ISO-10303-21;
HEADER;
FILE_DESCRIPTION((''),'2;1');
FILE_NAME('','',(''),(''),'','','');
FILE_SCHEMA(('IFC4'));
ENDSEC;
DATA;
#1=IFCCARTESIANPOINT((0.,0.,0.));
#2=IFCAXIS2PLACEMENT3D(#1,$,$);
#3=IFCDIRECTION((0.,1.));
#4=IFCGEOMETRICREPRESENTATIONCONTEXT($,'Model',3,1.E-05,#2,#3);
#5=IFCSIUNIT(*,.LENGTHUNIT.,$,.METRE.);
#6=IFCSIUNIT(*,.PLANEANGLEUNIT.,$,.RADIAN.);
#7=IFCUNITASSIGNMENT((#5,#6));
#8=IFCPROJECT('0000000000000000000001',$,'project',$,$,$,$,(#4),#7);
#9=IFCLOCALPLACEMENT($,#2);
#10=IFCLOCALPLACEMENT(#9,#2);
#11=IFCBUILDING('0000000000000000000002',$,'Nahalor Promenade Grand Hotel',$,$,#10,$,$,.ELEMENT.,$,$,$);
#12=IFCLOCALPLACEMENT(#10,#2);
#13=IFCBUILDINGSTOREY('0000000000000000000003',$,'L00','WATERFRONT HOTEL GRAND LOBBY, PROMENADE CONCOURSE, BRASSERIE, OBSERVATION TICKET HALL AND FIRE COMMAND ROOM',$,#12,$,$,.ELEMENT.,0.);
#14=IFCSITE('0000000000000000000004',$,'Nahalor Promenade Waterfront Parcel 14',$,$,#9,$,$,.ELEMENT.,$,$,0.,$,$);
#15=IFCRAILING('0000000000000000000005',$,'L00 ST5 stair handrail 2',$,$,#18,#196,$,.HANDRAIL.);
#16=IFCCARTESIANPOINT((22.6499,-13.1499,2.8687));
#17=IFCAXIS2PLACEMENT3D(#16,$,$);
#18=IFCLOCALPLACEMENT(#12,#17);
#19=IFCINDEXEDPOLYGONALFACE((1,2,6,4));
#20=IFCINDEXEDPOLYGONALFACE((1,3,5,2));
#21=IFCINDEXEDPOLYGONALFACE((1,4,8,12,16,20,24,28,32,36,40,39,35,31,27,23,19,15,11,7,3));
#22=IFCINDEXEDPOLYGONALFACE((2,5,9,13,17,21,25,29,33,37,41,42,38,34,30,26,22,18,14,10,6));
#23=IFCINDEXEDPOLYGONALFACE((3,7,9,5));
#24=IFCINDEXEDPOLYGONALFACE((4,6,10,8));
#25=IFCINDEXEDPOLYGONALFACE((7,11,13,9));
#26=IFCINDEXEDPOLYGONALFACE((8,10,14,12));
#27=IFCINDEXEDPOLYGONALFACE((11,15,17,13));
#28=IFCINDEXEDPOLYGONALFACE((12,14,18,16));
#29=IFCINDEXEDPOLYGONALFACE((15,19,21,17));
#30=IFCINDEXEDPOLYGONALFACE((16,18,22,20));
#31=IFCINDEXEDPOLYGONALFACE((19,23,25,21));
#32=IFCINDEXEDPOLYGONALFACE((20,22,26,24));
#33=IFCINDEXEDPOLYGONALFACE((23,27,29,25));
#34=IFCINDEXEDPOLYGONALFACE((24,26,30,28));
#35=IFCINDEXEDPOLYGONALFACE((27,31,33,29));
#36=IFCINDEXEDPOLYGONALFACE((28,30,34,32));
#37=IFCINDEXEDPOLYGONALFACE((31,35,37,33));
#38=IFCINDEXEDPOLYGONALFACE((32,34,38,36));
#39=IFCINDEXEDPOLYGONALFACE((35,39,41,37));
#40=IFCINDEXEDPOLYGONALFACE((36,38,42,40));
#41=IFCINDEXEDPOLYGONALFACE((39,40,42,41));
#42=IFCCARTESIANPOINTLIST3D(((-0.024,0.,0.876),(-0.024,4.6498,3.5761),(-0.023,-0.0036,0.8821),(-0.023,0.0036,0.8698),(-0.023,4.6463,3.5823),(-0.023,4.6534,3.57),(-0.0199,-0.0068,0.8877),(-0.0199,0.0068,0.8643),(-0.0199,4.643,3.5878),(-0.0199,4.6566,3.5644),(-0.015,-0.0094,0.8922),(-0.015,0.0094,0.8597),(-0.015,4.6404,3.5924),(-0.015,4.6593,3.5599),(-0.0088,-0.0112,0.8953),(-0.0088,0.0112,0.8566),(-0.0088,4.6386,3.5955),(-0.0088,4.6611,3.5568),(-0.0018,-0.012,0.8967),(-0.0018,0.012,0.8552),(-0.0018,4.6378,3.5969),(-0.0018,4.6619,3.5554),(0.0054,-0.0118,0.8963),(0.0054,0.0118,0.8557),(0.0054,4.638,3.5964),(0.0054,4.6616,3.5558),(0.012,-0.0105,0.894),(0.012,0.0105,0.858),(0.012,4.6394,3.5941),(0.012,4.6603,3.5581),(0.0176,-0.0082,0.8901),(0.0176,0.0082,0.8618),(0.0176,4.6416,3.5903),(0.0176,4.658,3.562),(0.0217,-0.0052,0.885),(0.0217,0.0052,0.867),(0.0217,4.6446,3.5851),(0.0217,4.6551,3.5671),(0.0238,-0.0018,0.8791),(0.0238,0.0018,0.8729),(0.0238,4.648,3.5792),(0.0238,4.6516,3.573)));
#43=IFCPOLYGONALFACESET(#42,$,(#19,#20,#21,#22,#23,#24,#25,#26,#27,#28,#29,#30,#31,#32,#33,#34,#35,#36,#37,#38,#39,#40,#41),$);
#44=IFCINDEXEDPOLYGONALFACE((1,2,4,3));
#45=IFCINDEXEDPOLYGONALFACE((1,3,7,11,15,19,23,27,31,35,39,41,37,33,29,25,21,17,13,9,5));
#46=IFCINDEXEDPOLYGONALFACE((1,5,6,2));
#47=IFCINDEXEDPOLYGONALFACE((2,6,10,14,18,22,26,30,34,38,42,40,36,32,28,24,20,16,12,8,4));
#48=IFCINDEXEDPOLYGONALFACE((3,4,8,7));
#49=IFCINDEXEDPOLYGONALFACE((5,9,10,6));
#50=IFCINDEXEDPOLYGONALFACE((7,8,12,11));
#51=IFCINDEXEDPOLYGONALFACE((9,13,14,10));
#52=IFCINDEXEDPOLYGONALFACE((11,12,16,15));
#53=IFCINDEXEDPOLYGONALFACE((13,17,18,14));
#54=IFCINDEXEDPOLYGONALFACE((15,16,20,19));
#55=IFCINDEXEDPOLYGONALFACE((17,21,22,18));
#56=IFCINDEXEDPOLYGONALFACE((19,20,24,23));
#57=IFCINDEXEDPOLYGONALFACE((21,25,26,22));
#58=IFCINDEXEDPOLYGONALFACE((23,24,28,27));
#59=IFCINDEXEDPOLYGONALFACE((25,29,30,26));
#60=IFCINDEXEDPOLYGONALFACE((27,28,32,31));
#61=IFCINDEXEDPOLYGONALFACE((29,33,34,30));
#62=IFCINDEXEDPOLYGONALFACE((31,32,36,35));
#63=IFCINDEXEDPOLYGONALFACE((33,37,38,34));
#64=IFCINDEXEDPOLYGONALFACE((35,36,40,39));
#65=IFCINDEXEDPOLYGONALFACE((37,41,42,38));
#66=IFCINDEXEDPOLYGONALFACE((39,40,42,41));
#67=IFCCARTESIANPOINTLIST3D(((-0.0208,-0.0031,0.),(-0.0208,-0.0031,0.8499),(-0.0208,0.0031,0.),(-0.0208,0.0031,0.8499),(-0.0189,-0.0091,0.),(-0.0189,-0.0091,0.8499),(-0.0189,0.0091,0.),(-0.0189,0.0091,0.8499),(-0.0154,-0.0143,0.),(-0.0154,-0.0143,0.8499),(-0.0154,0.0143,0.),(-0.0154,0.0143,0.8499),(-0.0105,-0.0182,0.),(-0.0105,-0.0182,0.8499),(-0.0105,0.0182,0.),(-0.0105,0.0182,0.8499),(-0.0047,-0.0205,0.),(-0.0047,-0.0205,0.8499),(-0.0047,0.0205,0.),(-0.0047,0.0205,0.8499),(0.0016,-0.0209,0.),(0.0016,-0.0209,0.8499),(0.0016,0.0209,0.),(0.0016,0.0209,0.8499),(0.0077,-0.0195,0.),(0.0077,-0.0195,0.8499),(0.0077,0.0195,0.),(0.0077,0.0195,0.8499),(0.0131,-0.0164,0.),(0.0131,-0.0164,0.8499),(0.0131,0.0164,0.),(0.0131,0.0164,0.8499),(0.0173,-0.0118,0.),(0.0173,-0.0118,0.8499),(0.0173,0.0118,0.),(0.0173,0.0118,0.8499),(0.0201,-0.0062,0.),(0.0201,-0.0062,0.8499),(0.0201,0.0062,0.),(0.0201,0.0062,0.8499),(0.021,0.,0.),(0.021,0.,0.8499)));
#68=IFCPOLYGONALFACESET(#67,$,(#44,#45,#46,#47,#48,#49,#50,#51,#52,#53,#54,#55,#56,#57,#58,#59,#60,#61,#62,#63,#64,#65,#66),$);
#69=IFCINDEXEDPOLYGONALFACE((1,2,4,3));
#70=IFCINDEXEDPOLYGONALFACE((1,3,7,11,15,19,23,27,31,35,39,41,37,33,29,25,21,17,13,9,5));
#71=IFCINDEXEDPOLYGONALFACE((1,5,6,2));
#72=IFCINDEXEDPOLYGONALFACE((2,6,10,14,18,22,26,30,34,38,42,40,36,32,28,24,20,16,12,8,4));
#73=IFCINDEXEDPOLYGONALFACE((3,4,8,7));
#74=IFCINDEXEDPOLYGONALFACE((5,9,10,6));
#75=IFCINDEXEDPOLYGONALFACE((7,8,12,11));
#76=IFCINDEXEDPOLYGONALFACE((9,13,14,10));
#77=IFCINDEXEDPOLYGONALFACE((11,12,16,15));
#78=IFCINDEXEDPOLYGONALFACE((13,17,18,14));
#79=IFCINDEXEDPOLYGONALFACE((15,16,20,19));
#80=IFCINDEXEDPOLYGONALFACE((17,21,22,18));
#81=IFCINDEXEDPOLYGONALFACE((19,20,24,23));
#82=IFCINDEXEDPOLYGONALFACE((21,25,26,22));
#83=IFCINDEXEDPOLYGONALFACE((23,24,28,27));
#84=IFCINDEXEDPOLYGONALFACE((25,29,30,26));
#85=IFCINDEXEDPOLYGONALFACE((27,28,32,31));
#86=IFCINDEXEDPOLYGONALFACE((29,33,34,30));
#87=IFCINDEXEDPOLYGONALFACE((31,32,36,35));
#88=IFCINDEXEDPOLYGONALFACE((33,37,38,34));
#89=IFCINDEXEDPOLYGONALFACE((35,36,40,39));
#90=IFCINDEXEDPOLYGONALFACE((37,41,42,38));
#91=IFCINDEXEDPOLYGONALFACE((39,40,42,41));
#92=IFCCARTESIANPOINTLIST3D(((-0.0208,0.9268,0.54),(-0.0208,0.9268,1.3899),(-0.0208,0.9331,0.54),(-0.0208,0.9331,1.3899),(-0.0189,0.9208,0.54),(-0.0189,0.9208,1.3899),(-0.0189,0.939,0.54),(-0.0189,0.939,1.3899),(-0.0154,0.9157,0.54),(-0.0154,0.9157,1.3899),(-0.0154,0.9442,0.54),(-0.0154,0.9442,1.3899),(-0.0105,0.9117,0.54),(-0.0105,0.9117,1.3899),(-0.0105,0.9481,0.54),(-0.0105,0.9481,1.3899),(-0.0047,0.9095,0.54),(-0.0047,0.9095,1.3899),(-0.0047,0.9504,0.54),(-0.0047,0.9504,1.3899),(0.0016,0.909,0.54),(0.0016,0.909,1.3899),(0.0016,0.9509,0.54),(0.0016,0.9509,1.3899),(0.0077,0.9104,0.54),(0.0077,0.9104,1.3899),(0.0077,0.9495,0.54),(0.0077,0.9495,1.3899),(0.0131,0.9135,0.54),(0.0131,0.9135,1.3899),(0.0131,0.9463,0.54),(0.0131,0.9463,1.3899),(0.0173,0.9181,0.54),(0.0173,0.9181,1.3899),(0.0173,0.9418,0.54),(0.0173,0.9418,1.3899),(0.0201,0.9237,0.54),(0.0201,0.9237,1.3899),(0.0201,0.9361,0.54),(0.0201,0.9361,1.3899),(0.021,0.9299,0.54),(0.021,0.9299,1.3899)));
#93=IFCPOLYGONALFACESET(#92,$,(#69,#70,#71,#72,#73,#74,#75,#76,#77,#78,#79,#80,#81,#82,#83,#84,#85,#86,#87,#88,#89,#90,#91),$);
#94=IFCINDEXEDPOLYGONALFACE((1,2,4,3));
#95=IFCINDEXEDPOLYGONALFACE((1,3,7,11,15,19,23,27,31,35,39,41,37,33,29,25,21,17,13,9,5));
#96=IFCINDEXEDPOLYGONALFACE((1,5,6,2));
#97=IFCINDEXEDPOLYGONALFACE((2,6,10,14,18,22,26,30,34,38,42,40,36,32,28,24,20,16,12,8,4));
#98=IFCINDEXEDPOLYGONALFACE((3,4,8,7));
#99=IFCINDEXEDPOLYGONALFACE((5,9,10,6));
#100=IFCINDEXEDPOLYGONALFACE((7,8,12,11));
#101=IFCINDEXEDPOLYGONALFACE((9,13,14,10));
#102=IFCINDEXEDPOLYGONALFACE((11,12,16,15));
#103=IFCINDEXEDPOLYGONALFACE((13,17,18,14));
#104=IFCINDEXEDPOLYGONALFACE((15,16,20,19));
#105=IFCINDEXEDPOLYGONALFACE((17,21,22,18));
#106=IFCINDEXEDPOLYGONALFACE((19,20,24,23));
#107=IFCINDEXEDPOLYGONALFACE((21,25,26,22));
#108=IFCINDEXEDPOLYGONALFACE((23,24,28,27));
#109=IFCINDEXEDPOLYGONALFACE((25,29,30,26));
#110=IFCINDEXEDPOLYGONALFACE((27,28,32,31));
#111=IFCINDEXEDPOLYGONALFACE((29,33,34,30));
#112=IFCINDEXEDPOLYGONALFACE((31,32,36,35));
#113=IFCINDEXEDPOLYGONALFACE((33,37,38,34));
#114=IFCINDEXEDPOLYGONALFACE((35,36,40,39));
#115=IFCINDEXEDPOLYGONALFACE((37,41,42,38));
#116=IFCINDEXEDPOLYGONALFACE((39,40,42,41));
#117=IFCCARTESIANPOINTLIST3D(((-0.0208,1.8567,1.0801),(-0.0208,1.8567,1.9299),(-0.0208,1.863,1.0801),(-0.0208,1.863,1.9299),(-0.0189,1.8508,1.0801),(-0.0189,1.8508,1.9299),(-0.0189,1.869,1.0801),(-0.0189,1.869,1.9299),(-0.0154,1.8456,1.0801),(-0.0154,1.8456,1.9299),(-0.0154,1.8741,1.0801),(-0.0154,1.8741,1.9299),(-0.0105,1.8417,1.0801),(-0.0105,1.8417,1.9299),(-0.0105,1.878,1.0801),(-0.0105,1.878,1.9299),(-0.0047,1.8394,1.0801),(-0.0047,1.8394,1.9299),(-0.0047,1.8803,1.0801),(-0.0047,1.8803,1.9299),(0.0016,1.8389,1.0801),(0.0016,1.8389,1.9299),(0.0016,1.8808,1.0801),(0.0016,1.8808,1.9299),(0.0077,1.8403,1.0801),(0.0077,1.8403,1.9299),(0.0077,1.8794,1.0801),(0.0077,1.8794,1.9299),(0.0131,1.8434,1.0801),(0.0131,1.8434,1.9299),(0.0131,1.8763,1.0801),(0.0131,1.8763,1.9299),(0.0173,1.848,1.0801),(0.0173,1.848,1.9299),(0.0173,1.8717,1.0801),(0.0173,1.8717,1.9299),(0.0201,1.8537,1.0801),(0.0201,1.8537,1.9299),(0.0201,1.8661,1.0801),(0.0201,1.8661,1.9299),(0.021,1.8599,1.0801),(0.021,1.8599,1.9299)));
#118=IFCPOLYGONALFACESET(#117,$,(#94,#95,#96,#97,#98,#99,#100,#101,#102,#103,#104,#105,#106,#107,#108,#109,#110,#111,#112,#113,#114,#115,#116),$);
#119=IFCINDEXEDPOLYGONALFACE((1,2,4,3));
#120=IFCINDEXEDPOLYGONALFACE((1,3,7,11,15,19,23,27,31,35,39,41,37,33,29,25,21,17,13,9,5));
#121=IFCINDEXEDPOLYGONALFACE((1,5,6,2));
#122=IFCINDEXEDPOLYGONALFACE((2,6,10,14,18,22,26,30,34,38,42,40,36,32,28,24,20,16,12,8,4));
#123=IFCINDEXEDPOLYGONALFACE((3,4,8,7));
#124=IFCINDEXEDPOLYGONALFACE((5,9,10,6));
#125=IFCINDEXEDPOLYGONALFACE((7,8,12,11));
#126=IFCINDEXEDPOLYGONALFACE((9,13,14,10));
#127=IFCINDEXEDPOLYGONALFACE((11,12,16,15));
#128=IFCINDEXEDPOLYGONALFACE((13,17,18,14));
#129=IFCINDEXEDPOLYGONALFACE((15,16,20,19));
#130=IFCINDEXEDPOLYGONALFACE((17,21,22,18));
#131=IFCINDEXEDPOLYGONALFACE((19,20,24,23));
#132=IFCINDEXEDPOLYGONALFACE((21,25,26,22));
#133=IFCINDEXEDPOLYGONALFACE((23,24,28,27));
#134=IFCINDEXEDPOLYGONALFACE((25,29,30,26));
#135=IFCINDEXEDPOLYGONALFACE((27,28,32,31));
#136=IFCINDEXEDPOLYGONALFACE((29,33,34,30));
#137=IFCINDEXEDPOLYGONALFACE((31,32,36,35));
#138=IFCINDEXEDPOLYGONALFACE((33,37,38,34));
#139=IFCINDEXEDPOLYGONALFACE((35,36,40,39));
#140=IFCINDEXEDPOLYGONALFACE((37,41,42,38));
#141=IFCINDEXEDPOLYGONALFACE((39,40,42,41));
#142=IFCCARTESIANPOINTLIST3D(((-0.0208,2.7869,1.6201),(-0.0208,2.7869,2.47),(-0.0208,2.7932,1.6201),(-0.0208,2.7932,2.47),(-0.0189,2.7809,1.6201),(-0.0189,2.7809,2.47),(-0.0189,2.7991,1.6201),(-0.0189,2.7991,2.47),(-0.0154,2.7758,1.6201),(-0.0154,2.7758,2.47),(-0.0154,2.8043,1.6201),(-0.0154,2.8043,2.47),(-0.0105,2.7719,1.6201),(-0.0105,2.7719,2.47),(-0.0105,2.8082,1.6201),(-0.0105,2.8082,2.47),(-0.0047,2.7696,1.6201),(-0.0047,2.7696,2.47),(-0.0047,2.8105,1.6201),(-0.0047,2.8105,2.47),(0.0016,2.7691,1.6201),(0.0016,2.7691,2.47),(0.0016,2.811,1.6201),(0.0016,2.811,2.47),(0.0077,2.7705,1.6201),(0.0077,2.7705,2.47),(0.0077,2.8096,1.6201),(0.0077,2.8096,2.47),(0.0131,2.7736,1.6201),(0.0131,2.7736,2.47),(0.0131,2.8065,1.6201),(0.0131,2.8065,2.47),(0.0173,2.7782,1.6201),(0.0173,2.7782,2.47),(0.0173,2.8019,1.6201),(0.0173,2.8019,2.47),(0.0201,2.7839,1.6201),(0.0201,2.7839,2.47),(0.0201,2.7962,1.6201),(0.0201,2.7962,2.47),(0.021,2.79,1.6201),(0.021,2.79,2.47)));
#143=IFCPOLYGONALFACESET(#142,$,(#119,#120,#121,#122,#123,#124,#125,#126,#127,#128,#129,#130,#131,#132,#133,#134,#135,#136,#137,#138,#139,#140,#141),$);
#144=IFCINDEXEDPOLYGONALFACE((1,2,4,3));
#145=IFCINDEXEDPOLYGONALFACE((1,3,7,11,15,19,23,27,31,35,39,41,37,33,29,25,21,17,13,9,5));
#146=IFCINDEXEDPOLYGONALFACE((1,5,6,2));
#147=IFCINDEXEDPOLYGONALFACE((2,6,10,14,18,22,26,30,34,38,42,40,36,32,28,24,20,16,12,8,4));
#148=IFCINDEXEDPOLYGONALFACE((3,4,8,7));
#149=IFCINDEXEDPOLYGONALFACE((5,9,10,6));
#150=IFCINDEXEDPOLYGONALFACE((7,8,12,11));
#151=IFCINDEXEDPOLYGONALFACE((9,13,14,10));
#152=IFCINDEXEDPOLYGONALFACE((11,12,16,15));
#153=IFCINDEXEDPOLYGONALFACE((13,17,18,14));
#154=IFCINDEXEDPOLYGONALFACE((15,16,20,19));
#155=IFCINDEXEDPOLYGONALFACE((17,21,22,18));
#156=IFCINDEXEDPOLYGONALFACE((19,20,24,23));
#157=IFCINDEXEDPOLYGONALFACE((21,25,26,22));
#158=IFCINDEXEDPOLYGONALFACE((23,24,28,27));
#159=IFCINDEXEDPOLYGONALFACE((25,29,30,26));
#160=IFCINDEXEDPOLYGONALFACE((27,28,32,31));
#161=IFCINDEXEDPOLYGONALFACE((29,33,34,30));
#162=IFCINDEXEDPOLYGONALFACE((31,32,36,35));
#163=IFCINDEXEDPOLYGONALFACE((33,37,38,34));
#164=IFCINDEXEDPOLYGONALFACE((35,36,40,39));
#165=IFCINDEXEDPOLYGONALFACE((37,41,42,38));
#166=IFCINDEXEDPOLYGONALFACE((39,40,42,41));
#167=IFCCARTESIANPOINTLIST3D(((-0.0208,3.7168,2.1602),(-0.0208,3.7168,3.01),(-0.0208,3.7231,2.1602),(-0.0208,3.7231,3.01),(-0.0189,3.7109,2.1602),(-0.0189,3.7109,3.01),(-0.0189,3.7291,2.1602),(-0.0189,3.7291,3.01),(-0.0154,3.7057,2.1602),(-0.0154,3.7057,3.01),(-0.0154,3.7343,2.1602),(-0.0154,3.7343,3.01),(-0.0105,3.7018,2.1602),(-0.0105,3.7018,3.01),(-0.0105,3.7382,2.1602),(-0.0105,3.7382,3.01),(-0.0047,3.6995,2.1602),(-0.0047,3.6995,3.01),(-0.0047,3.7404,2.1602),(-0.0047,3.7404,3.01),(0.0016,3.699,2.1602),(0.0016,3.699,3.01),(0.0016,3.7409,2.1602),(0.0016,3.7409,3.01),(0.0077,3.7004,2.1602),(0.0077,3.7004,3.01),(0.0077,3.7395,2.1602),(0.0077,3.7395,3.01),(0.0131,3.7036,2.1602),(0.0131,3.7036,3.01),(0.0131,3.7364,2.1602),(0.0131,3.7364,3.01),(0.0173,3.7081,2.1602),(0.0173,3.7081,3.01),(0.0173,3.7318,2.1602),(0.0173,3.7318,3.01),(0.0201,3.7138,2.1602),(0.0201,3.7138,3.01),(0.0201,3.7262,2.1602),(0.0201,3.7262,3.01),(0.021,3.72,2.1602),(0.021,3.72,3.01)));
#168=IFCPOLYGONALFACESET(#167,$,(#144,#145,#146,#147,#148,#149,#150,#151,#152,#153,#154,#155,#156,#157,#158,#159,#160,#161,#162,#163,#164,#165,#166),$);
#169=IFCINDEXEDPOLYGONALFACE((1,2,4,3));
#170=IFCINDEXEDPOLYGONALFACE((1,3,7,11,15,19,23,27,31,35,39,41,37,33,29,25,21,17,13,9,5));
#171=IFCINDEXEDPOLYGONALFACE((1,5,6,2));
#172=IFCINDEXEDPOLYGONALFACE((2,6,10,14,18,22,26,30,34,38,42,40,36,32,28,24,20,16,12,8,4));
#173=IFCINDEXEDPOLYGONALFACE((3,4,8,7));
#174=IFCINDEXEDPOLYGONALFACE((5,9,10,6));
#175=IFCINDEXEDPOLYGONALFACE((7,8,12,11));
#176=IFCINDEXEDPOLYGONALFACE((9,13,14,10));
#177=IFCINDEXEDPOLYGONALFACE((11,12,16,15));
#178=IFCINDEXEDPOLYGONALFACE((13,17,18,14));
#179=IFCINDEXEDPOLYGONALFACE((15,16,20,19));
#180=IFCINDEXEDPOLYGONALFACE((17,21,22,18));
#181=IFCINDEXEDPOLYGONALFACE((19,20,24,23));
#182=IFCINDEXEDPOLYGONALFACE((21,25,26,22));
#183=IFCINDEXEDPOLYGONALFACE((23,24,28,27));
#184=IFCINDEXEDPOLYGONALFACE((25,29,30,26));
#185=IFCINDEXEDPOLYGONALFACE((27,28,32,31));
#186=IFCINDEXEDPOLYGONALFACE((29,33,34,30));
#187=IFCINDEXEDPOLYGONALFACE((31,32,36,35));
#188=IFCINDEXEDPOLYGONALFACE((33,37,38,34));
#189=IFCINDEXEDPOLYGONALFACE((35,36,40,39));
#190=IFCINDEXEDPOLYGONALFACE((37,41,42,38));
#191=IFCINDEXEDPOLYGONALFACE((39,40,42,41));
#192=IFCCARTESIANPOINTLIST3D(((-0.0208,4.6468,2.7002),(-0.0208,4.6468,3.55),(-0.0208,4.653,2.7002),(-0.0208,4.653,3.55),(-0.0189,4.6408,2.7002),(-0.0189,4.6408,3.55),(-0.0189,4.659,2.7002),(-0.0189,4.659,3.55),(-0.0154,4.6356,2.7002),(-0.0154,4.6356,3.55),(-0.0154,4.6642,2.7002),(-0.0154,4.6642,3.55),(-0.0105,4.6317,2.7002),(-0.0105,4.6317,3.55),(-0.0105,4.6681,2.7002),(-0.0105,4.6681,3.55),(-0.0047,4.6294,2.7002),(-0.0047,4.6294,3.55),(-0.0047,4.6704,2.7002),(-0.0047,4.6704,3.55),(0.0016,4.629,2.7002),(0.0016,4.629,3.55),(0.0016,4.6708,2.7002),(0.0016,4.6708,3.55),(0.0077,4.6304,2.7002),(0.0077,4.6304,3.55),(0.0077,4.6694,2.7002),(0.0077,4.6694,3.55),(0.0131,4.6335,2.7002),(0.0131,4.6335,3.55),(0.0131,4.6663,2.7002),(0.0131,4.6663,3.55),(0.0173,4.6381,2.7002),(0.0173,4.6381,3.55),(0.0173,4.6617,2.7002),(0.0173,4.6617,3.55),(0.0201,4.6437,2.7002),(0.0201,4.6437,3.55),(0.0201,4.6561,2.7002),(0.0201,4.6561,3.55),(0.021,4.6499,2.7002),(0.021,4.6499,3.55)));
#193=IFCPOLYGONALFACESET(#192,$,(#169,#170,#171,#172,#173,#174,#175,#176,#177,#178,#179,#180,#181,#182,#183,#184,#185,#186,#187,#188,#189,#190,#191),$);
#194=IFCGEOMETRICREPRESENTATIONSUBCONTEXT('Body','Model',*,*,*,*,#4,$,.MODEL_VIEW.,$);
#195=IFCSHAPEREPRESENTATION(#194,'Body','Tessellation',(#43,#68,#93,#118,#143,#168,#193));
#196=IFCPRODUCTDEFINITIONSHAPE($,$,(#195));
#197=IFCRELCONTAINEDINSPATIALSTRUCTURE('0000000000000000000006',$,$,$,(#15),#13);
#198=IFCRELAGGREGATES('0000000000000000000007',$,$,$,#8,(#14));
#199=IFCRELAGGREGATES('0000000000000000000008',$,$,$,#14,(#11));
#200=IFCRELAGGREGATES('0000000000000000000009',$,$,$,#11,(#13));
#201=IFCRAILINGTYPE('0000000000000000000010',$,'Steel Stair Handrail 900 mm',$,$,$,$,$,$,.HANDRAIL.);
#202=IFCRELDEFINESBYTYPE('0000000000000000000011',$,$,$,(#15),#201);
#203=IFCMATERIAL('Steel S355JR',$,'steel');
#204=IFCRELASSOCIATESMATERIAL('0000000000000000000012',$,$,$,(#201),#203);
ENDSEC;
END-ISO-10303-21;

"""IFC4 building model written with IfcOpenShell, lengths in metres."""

from ifc_helpers import new_model, si_unit, direction, frame, origin, origin_2d, place, context, subcontext, project, spatial, circle, extrude, material, type_object, element, save


model = new_model("IFC4")

# Units and contexts
model_context = context("Model", 3, precision=1e-05, world=origin(), true_north=direction((0.0, 1.0)))
body_context = subcontext(model_context, "Body", "Model", "MODEL_VIEW")
ifc_project = project(units=[si_unit("LENGTHUNIT", "METRE"), si_unit("PLANEANGLEUNIT", "RADIAN")], contexts=[model_context])

# Site, building, storey
site_placement = place(None, origin())
site = spatial("IfcSite", under=ifc_project, at=site_placement, Name="Nahalor Promenade Waterfront Parcel 14", CompositionType="ELEMENT", RefElevation=0.0)
building_placement = place(site_placement, origin())
building = spatial("IfcBuilding", under=site, at=building_placement, Name="Nahalor Promenade Grand Hotel", CompositionType="ELEMENT")
storey_placement = place(building_placement, origin())
storey = spatial("IfcBuildingStorey", under=building, at=storey_placement, Name="L00", Description="WATERFRONT HOTEL GRAND LOBBY, PROMENADE CONCOURSE, BRASSERIE, OBSERVATION TICKET HALL AND FIRE COMMAND ROOM", CompositionType="ELEMENT", Elevation=0.0)

# Shared definitions
ifc_material_1 = material(Name="Steel S355JR", Category="steel")

# Railing
railing_type_1 = type_object("IfcRailingType", Name="Steel Stair Handrail 900 mm", PredefinedType="HANDRAIL", material=ifc_material_1)
railing_1_placement = place(storey_placement, frame((22.6499, -13.1499, 2.8687)))
element("IfcRailing", 1, at=railing_1_placement, inside=storey, type_object=railing_type_1, Name="L00 ST5 stair handrail 2", PredefinedType="HANDRAIL", context=body_context, shape_type="SweptSolid", body=[
    extrude(circle(Radius=0.024, at=origin_2d()), frame((0.0, 0.0, 0.876), z_axis=(0.0, 0.864769, 0.502171), x_axis=(-1.0, 0.0, 0.0)), (0.0, 0.0, 1.0), 5.377),
    extrude(circle(Radius=0.021, at=origin_2d()), origin(), (0.0, 0.0, 1.0), 0.8499),
    extrude(circle(Radius=0.021, at=origin_2d()), frame((0.0, 0.9299, 0.54)), (0.0, 0.0, 1.0), 0.8499),
    extrude(circle(Radius=0.021, at=origin_2d()), frame((0.0, 1.8599, 1.0801)), (0.0, 0.0, 1.0), 0.8499),
    extrude(circle(Radius=0.021, at=origin_2d()), frame((0.0, 2.79, 1.6201)), (0.0, 0.0, 1.0), 0.8499),
    extrude(circle(Radius=0.021, at=origin_2d()), frame((0.0, 3.72, 2.1602)), (0.0, 0.0, 1.0), 0.8499),
    extrude(circle(Radius=0.021, at=origin_2d()), frame((0.0, 4.6499, 2.7002)), (0.0, 0.0, 1.0), 0.8499),
])

save(model, "model.ifc")
